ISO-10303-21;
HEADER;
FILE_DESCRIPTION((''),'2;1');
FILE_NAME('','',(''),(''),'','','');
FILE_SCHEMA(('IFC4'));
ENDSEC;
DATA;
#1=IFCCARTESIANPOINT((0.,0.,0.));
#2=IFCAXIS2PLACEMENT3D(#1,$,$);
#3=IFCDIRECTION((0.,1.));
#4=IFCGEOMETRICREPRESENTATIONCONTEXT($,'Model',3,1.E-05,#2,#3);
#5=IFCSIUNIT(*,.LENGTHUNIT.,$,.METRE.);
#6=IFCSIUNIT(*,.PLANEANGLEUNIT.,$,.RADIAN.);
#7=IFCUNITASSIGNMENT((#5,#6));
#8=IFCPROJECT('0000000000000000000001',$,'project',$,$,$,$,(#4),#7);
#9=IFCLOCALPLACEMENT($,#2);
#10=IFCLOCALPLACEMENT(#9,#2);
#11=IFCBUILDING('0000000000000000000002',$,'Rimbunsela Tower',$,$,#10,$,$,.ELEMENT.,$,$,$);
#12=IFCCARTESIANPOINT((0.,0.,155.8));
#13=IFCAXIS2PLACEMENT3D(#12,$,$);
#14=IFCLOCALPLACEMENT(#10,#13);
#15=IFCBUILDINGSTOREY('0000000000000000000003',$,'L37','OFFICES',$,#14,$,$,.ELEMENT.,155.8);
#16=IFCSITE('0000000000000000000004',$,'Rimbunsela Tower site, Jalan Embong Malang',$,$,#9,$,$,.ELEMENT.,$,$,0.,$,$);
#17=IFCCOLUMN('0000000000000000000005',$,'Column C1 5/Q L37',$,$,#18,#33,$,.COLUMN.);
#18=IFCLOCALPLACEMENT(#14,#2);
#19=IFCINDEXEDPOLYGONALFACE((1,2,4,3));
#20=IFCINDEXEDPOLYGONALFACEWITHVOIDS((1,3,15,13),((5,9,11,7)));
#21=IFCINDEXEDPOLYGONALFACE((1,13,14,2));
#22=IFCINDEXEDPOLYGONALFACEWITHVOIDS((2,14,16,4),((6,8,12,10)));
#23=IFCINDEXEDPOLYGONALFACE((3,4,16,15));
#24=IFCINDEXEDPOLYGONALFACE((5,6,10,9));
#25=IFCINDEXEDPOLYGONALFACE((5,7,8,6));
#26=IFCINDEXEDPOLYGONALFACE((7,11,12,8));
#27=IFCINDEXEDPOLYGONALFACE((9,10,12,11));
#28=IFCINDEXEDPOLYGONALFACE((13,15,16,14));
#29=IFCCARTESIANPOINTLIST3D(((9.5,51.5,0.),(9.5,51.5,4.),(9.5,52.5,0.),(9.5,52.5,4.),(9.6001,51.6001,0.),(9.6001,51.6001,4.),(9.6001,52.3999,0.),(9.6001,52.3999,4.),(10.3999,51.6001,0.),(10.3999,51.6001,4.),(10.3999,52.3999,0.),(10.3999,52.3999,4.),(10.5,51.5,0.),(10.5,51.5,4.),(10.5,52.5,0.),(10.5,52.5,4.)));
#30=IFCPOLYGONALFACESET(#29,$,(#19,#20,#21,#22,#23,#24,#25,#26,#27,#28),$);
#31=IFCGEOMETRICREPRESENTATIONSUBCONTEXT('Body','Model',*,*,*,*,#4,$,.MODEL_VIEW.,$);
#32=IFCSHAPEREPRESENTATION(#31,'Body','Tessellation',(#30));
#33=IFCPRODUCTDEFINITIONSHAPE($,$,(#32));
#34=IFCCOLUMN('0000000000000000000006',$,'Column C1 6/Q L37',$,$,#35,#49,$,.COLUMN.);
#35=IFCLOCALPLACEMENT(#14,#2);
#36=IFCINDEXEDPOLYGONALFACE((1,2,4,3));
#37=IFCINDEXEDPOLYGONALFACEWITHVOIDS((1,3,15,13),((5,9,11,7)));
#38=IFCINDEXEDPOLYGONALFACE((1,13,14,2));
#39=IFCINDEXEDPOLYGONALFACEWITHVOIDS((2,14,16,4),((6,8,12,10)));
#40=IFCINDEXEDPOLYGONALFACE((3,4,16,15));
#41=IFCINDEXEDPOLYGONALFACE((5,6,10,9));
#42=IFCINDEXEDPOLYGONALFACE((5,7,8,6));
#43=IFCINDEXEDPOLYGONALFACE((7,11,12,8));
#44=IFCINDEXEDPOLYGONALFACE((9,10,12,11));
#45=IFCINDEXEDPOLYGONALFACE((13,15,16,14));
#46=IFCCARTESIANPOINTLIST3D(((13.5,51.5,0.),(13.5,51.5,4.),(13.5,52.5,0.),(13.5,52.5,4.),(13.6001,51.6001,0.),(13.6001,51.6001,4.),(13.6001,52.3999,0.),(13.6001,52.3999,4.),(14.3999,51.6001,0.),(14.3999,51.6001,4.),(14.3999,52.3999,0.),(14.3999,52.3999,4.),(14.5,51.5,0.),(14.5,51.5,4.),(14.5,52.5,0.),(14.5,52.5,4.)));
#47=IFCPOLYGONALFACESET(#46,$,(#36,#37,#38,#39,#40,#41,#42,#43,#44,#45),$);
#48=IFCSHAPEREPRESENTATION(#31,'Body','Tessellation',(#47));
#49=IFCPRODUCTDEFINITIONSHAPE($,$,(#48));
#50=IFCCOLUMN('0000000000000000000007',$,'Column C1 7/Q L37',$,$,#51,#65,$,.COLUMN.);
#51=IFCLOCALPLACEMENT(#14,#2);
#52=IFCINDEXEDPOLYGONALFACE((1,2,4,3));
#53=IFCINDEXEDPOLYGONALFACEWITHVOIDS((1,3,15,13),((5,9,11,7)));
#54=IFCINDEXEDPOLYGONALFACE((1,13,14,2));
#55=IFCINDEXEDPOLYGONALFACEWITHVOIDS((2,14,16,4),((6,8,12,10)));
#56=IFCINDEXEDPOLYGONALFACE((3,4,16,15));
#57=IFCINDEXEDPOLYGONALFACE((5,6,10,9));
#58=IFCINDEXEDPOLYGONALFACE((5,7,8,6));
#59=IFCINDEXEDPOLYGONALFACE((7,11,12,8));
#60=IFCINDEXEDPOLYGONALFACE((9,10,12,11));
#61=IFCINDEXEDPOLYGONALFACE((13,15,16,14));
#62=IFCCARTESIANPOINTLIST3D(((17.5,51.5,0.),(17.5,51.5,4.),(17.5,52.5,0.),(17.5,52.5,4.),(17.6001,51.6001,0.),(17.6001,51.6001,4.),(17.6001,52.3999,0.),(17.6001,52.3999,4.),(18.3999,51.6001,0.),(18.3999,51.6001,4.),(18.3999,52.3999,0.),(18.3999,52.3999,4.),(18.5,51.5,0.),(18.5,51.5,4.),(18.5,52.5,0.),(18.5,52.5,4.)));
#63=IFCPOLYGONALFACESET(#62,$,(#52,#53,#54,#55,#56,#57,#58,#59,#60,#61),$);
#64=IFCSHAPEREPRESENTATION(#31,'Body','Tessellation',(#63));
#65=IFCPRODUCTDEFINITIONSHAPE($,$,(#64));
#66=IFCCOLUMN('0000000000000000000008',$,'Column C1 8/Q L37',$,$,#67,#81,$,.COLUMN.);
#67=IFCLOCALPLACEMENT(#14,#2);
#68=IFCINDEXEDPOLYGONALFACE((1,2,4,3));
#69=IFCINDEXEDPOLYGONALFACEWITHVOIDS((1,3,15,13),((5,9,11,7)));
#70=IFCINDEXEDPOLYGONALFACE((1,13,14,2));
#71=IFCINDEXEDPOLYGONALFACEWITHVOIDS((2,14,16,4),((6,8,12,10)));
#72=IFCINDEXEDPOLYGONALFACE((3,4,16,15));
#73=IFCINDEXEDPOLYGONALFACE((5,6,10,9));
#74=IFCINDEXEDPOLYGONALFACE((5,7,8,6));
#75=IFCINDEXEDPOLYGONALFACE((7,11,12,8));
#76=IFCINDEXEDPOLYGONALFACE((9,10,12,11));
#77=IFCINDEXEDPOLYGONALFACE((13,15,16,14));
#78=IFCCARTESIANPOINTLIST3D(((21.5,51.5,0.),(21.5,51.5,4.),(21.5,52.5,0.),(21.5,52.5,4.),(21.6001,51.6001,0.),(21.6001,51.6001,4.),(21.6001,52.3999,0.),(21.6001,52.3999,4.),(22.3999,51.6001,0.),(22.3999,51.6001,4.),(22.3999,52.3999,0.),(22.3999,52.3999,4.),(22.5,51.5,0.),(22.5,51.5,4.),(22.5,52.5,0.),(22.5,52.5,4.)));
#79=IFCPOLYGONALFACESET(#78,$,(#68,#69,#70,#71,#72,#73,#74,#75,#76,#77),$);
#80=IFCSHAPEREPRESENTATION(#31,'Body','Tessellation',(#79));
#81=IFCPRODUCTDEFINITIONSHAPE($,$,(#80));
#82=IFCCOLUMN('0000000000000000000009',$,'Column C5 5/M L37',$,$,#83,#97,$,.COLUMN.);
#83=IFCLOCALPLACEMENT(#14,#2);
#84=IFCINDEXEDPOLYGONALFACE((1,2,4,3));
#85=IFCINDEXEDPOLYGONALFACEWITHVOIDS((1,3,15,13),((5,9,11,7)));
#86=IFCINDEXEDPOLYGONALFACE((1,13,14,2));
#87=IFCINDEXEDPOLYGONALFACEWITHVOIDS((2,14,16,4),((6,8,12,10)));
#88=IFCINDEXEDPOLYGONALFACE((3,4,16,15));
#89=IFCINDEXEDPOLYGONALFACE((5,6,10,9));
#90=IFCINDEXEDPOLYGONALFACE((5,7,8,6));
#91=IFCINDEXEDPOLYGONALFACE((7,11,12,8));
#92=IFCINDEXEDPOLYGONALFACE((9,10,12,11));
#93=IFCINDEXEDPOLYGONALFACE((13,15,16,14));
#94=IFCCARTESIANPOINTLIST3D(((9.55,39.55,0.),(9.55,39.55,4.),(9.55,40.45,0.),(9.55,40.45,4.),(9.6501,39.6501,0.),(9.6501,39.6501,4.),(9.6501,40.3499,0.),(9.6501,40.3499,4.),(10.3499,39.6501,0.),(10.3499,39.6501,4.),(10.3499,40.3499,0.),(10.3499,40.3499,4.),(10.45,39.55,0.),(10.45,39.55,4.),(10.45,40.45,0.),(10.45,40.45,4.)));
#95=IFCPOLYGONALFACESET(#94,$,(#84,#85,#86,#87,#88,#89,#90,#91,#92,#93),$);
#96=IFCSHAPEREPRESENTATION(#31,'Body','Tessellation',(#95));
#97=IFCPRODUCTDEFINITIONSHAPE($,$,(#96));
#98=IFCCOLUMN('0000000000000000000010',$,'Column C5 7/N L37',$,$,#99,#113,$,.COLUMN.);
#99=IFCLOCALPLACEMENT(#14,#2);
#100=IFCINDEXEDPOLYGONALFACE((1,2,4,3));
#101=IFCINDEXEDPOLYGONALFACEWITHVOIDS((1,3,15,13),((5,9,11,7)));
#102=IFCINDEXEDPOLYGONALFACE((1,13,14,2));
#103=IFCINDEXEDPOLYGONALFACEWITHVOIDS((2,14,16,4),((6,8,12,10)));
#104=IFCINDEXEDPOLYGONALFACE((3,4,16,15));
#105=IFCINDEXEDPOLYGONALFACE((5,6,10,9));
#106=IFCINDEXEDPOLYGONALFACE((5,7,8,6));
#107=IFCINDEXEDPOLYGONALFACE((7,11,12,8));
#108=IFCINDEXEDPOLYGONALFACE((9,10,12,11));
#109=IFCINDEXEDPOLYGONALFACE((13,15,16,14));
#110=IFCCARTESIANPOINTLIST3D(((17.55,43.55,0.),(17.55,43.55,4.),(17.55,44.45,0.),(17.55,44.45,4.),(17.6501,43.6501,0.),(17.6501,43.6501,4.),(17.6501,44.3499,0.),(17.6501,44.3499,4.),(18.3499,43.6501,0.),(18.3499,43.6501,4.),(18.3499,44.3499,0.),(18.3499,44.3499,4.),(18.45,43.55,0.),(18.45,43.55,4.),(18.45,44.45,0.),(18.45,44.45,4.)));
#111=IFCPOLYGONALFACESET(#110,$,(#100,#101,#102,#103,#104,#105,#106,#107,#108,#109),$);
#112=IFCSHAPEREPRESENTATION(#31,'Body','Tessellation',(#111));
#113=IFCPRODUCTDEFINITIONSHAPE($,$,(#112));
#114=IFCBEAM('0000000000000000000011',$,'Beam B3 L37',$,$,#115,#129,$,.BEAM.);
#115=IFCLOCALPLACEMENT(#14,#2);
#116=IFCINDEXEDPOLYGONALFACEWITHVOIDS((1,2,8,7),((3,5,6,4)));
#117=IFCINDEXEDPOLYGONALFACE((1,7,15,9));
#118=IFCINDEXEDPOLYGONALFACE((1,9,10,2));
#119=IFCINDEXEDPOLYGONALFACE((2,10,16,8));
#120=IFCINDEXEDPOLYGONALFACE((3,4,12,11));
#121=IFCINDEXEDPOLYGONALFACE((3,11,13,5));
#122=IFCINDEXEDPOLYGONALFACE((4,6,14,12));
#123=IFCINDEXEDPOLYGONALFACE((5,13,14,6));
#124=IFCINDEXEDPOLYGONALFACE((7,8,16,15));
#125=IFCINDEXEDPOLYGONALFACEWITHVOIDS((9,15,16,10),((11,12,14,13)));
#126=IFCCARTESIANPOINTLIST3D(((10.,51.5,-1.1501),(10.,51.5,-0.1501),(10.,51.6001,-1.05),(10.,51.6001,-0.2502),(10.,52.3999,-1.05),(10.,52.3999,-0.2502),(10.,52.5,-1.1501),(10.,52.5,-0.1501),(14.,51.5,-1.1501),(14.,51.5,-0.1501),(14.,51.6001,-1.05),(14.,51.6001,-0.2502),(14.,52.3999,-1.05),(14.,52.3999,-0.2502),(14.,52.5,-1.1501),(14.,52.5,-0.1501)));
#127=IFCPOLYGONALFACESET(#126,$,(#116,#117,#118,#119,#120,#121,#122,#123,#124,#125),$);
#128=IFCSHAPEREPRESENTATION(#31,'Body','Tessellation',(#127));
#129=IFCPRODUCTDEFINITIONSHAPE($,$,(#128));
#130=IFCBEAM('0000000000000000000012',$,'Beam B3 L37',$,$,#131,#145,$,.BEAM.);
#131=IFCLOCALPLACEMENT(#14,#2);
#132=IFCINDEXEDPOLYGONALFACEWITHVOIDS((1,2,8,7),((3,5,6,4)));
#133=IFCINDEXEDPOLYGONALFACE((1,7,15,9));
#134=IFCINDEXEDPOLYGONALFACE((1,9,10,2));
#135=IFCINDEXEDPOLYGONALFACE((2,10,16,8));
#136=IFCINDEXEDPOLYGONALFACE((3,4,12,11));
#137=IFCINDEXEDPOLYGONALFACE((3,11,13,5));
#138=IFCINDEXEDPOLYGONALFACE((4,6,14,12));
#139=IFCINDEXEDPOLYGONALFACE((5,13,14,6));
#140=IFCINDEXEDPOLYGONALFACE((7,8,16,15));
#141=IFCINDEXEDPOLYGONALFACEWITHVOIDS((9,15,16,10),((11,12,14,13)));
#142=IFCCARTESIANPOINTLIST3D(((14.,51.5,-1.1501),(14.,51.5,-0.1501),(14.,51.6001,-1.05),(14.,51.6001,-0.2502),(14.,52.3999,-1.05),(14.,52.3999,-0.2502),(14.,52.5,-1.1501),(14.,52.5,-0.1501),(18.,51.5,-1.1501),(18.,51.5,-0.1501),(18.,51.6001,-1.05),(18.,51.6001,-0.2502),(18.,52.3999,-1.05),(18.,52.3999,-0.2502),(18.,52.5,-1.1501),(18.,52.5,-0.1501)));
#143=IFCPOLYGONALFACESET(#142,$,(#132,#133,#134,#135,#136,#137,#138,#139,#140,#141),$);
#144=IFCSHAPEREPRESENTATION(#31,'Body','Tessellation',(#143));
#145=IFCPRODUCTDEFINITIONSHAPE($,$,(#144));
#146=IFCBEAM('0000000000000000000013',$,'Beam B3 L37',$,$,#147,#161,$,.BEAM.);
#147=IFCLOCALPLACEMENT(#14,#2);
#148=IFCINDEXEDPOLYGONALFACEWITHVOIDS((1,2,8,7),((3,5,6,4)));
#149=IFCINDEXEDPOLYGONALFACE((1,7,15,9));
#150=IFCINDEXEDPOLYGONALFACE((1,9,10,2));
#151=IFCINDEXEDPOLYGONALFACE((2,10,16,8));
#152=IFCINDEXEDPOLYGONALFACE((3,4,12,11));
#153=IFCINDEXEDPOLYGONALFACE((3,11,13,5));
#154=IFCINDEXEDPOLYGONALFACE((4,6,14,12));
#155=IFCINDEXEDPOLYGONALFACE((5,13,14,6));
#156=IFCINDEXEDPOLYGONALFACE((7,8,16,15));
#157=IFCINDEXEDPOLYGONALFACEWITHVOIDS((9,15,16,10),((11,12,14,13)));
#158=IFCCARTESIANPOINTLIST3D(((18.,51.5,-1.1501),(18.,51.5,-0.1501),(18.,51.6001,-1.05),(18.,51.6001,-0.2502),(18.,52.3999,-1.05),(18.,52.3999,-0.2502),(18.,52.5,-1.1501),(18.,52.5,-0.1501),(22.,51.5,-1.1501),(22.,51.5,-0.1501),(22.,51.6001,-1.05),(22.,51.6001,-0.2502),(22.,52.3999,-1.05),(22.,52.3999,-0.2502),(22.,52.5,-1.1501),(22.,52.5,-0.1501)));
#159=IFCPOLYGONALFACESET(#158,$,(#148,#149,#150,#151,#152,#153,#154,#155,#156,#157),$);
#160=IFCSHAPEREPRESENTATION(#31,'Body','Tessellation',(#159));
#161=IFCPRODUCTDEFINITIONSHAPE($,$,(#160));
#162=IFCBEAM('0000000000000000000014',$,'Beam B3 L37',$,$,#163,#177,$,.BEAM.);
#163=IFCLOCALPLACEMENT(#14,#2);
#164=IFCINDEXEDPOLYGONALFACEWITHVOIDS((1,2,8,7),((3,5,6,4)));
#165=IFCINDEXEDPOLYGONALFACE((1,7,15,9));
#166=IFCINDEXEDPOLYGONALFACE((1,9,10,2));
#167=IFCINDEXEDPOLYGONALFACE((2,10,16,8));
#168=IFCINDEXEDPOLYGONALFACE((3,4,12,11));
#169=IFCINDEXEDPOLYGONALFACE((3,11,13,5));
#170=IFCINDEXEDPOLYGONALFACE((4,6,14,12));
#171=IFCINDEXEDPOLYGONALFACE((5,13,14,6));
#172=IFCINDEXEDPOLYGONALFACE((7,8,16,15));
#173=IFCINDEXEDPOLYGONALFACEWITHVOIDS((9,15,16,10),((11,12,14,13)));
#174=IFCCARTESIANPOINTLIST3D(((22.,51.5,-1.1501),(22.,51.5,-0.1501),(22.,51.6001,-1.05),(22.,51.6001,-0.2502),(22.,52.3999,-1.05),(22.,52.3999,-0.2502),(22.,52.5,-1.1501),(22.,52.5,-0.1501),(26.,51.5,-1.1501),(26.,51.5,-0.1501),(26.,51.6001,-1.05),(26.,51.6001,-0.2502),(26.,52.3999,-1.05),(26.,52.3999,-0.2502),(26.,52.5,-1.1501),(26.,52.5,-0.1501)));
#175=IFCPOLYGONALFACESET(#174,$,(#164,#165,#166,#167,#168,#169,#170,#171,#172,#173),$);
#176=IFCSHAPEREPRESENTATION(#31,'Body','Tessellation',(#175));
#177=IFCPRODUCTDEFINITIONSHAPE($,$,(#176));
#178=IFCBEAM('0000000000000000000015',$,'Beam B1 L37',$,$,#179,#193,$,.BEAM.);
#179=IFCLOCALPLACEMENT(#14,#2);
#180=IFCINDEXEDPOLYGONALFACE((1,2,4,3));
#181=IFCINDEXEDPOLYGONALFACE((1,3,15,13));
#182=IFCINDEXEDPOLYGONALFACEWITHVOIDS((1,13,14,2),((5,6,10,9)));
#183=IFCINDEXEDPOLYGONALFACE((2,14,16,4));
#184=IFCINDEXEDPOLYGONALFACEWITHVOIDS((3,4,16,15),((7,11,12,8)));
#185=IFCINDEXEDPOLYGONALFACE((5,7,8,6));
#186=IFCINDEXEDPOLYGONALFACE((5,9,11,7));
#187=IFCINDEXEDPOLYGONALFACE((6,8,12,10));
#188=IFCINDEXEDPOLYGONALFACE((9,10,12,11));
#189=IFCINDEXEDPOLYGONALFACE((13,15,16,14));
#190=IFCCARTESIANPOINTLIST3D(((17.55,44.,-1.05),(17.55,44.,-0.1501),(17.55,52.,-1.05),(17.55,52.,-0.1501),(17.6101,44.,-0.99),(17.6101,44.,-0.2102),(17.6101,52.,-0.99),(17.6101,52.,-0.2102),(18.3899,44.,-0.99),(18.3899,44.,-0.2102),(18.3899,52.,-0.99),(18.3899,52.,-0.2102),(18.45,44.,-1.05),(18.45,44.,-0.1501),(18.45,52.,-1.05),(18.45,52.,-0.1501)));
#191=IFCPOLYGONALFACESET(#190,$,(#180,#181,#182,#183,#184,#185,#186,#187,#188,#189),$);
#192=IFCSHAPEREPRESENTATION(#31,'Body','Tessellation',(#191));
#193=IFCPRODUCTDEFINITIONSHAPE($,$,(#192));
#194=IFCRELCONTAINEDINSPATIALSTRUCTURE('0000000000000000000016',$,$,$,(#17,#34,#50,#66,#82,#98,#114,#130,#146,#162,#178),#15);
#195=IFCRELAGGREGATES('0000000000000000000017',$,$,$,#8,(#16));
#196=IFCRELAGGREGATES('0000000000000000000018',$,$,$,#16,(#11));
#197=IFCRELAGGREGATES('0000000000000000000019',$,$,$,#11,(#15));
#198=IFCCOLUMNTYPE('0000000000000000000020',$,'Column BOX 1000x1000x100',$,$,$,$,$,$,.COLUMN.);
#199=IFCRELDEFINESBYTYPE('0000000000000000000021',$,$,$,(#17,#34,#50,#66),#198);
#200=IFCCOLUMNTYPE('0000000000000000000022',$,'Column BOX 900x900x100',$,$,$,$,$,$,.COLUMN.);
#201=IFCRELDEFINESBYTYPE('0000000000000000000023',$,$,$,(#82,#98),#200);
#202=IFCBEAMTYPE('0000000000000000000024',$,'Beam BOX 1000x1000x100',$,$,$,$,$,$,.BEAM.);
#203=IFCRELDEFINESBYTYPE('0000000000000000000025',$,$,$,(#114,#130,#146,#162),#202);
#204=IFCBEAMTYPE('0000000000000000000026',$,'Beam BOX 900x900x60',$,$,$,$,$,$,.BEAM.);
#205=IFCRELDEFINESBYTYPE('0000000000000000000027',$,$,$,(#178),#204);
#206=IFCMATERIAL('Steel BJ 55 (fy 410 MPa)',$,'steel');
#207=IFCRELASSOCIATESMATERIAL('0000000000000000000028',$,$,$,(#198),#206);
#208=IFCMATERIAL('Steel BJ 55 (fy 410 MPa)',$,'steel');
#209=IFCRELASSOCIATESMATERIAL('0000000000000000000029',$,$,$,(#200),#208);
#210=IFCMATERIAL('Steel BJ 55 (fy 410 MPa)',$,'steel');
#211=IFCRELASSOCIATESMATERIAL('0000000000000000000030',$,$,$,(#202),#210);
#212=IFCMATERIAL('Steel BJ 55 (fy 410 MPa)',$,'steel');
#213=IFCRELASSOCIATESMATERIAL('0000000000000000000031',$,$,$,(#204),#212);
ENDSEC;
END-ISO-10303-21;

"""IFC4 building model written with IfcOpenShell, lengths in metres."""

from ifc_helpers import new_model, si_unit, direction, frame, origin, origin_2d, place, context, subcontext, project, spatial, hollow_rectangle, extrude, material, material_profile, profile_set, type_object, element, save


model = new_model("IFC4")

# Units and contexts
model_context = context("Model", 3, precision=1e-05, world=origin(), true_north=direction((0.0, 1.0)))
body_context = subcontext(model_context, "Body", "Model", "MODEL_VIEW")
ifc_project = project(units=[si_unit("LENGTHUNIT", "METRE"), si_unit("PLANEANGLEUNIT", "RADIAN")], contexts=[model_context])

# Site, building, storey
site_placement = place(None, origin())
site = spatial("IfcSite", under=ifc_project, at=site_placement, Name="Rimbunsela Tower site, Jalan Embong Malang", CompositionType="ELEMENT", RefElevation=0.0)
building_placement = place(site_placement, origin())
building = spatial("IfcBuilding", under=site, at=building_placement, Name="Rimbunsela Tower", CompositionType="ELEMENT")
storey_placement = place(building_placement, frame((0.0, 0.0, 155.8)))
storey = spatial("IfcBuildingStorey", under=building, at=storey_placement, Name="L37", Description="OFFICES", CompositionType="ELEMENT", Elevation=155.8)

# Columns
ifc_material_1 = material(Name="Steel BJ 55 (fy 410 MPa)", Category="steel")
ifc_material_profile_1 = material_profile(ifc_material_1, hollow_rectangle(XDim=1.0, YDim=1.0, WallThickness=0.1001, at=origin_2d()), Name="BOX 1000x1000x100")
ifc_profile_set_1 = profile_set([ifc_material_profile_1], Name="Steel BJ 55 (fy 410 MPa)")
column_type_1 = type_object("IfcColumnType", Name="Column BOX 1000x1000x100", PredefinedType="COLUMN", material=ifc_profile_set_1)
for number, where, z_axis, x_axis, name in (
    (1, (10.0, 52.0, 0.0), (0.0, 0.0, 1.0), (1.0, 0.0, 0.0), "Column C1 5/Q L37"),
    (2, (14.0, 52.0, 0.0), (0.0, 0.0, 1.0), (1.0, 0.0, 0.0), "Column C1 6/Q L37"),
    (3, (18.0, 52.0, 0.0), (0.0, 0.0, 1.0), (1.0, 0.0, 0.0), "Column C1 7/Q L37"),
    (4, (22.0, 52.0, 0.0), (0.0, 0.0, 1.0), (1.0, 0.0, 0.0), "Column C1 8/Q L37"),
):
    element("IfcColumn", number, at=place(storey_placement, frame(where, z_axis=z_axis, x_axis=x_axis)), inside=storey, type_object=column_type_1, Name=name, PredefinedType="COLUMN", context=body_context, shape_type="SweptSolid", body=[
        extrude(hollow_rectangle(XDim=1.0, YDim=1.0, WallThickness=0.1001, at=origin_2d()), origin(), (0.0, 0.0, 1.0), 4.0),
    ])
ifc_material_2 = material(Name="Steel BJ 55 (fy 410 MPa)", Category="steel")
ifc_material_profile_2 = material_profile(ifc_material_2, hollow_rectangle(XDim=0.8999, YDim=0.8999, WallThickness=0.1001, at=origin_2d()), Name="BOX 900x900x100")
ifc_profile_set_2 = profile_set([ifc_material_profile_2], Name="Steel BJ 55 (fy 410 MPa)")
column_type_2 = type_object("IfcColumnType", Name="Column BOX 900x900x100", PredefinedType="COLUMN", material=ifc_profile_set_2)
for number, where, z_axis, x_axis, name in (
    (5, (10.0, 40.0, 0.0), (0.0, 0.0, 1.0), (1.0, 0.0, 0.0), "Column C5 5/M L37"),
    (6, (18.0, 44.0, 0.0), (0.0, 0.0, 1.0), (1.0, 0.0, 0.0), "Column C5 7/N L37"),
):
    element("IfcColumn", number, at=place(storey_placement, frame(where, z_axis=z_axis, x_axis=x_axis)), inside=storey, type_object=column_type_2, Name=name, PredefinedType="COLUMN", context=body_context, shape_type="SweptSolid", body=[
        extrude(hollow_rectangle(XDim=0.8999, YDim=0.8999, WallThickness=0.1001, at=origin_2d()), origin(), (0.0, 0.0, 1.0), 4.0),
    ])

# Beams
ifc_material_3 = material(Name="Steel BJ 55 (fy 410 MPa)", Category="steel")
ifc_material_profile_3 = material_profile(ifc_material_3, hollow_rectangle(XDim=1.0, YDim=1.0, WallThickness=0.1001, at=origin_2d()), Name="BOX 1000x1000x100")
ifc_profile_set_3 = profile_set([ifc_material_profile_3], Name="Steel BJ 55 (fy 410 MPa)")
beam_type_1 = type_object("IfcBeamType", Name="Beam BOX 1000x1000x100", PredefinedType="BEAM", material=ifc_profile_set_3)
for number, where, z_axis, x_axis, name in (
    (7, (10.0, 52.0, -0.6501), (1.0, 0.0, 0.0), (0.0, 1.0, 0.0), "Beam B3 L37"),
    (8, (14.0, 52.0, -0.6501), (1.0, 0.0, 0.0), (0.0, 1.0, 0.0), "Beam B3 L37"),
    (9, (18.0, 52.0, -0.6501), (1.0, 0.0, 0.0), (0.0, 1.0, 0.0), "Beam B3 L37"),
    (10, (22.0, 52.0, -0.6501), (1.0, 0.0, 0.0), (0.0, 1.0, 0.0), "Beam B3 L37"),
):
    element("IfcBeam", number, at=place(storey_placement, frame(where, z_axis=z_axis, x_axis=x_axis)), inside=storey, type_object=beam_type_1, Name=name, PredefinedType="BEAM", context=body_context, shape_type="SweptSolid", body=[
        extrude(hollow_rectangle(XDim=1.0, YDim=1.0, WallThickness=0.1001, at=origin_2d()), origin(), (0.0, 0.0, 1.0), 4.0),
    ])
ifc_material_4 = material(Name="Steel BJ 55 (fy 410 MPa)", Category="steel")
ifc_material_profile_4 = material_profile(ifc_material_4, hollow_rectangle(XDim=0.8999, YDim=0.8999, WallThickness=0.0601, at=origin_2d()), Name="BOX 900x900x60")
ifc_profile_set_4 = profile_set([ifc_material_profile_4], Name="Steel BJ 55 (fy 410 MPa)")
beam_type_2 = type_object("IfcBeamType", Name="Beam BOX 900x900x60", PredefinedType="BEAM", material=ifc_profile_set_4)
beam_1_placement = place(storey_placement, frame((18.0, 44.0, -0.6001), z_axis=(0.0, 1.0, 0.0), x_axis=(-1.0, 0.0, 0.0)))
element("IfcBeam", 11, at=beam_1_placement, inside=storey, type_object=beam_type_2, Name="Beam B1 L37", PredefinedType="BEAM", context=body_context, shape_type="SweptSolid", body=[
    extrude(hollow_rectangle(XDim=0.8999, YDim=0.8999, WallThickness=0.0601, at=origin_2d()), origin(), (0.0, 0.0, 1.0), 8.0),
])

save(model, "model.ifc")
